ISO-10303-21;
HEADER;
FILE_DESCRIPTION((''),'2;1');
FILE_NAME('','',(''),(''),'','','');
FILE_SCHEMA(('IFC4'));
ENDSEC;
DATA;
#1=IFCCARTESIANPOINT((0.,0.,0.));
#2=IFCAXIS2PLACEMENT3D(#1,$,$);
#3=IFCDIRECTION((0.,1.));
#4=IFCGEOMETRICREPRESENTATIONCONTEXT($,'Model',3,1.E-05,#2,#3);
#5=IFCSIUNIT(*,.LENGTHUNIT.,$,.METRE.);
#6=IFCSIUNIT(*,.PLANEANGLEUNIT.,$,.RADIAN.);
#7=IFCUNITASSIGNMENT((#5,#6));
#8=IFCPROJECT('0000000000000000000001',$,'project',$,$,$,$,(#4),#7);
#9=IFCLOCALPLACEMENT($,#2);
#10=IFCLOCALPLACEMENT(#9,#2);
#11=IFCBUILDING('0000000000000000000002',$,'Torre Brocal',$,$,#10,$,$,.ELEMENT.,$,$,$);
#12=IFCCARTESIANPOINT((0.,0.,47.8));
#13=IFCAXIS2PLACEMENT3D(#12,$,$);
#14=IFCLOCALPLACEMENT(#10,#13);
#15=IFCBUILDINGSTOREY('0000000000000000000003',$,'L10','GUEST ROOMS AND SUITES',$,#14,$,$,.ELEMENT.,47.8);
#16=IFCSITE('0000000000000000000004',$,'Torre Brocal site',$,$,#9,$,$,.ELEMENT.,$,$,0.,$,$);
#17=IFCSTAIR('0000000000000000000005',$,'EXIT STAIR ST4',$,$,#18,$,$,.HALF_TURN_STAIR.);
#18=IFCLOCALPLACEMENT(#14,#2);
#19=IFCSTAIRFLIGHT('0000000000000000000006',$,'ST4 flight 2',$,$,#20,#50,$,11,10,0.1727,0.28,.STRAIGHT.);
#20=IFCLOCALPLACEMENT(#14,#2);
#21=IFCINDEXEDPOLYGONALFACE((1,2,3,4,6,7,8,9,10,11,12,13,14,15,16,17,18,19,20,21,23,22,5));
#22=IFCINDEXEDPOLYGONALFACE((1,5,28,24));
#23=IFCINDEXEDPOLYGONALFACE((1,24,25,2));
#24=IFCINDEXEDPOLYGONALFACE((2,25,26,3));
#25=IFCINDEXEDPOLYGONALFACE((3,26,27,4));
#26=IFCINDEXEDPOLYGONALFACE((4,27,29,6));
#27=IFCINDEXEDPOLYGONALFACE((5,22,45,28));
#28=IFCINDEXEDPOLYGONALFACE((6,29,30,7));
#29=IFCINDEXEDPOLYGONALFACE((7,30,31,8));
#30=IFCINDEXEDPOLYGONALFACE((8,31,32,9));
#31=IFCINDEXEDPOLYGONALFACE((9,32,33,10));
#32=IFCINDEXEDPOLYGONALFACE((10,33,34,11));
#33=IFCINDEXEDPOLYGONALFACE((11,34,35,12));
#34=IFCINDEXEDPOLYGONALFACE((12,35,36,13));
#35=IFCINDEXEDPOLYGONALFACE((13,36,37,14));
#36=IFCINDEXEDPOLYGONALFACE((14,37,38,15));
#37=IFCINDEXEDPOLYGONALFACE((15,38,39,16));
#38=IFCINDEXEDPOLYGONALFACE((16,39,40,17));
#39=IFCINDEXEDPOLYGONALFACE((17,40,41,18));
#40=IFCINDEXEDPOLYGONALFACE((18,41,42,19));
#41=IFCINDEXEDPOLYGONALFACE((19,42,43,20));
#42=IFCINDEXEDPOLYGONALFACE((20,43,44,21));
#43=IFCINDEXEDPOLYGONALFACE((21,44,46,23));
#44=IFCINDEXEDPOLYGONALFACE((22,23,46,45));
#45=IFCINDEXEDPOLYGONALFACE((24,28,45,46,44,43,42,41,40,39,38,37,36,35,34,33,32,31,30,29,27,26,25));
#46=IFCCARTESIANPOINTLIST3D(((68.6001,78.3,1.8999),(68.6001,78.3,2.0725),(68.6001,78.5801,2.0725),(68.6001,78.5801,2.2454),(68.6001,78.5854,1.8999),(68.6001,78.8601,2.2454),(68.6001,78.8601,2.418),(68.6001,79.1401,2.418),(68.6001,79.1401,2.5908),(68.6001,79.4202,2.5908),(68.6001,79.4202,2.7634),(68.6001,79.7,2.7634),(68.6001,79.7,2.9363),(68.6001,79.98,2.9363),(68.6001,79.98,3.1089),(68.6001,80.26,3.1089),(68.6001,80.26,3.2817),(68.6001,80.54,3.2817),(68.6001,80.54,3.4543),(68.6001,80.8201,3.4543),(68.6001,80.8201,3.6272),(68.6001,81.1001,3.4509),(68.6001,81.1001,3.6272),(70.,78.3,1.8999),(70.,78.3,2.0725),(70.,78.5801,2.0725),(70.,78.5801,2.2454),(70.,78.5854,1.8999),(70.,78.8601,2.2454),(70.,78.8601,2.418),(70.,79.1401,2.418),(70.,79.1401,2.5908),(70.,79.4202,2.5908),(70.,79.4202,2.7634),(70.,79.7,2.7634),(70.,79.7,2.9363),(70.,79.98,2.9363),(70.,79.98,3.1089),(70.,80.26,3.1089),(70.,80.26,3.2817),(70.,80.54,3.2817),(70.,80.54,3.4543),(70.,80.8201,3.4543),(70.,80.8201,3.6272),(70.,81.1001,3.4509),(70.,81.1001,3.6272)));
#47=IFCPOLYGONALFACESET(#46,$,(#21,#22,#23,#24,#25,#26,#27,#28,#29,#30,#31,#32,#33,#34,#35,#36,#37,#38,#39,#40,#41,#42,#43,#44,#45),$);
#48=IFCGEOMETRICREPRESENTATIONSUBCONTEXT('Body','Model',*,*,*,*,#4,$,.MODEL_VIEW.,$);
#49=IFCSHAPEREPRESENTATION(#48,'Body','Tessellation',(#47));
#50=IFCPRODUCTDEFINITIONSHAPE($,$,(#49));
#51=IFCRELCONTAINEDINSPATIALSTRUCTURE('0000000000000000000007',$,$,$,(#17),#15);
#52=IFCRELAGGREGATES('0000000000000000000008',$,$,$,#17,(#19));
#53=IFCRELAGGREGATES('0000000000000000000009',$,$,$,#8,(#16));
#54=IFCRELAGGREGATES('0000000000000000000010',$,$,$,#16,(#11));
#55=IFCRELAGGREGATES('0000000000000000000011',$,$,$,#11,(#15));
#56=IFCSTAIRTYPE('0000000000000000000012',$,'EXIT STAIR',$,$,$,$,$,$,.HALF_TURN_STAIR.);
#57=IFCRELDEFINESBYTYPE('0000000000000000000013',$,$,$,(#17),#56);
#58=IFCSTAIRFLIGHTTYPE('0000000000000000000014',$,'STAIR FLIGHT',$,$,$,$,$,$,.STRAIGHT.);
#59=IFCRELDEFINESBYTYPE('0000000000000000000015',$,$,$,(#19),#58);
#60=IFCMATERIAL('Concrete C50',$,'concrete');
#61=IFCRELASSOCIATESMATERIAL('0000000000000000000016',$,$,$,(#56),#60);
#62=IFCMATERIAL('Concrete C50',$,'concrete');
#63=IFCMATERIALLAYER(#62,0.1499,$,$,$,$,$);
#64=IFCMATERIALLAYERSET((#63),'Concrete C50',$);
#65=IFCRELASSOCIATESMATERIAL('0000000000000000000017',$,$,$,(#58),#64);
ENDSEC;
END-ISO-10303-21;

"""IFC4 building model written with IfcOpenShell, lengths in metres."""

from ifc_helpers import new_model, si_unit, direction, frame, origin, place, context, subcontext, project, spatial, polyline, outline, extrude, material, layer, layer_set, type_object, element, aggregate, save


model = new_model("IFC4")

# Units and contexts
model_context = context("Model", 3, precision=1e-05, world=origin(), true_north=direction((0.0, 1.0)))
body_context = subcontext(model_context, "Body", "Model", "MODEL_VIEW")
ifc_project = project(units=[si_unit("LENGTHUNIT", "METRE"), si_unit("PLANEANGLEUNIT", "RADIAN")], contexts=[model_context])

# Site, building, storey
site_placement = place(None, origin())
site = spatial("IfcSite", under=ifc_project, at=site_placement, Name="Torre Brocal site", CompositionType="ELEMENT", RefElevation=0.0)
building_placement = place(site_placement, origin())
building = spatial("IfcBuilding", under=site, at=building_placement, Name="Torre Brocal", CompositionType="ELEMENT")
storey_placement = place(building_placement, frame((0.0, 0.0, 47.8)))
storey = spatial("IfcBuildingStorey", under=building, at=storey_placement, Name="L10", Description="GUEST ROOMS AND SUITES", CompositionType="ELEMENT", Elevation=47.8)

# Stair, stair flight
ifc_material_1 = material(Name="Concrete C50", Category="concrete")
stair_type = type_object("IfcStairType", Name="EXIT STAIR", PredefinedType="HALF_TURN_STAIR", material=ifc_material_1)
stair_placement = place(storey_placement, origin())
stair = element("IfcStair", 1, at=stair_placement, inside=storey, type_object=stair_type, Name="EXIT STAIR ST4", PredefinedType="HALF_TURN_STAIR")
ifc_material_2 = material(Name="Concrete C50", Category="concrete")
ifc_layer_1 = layer(ifc_material_2, 0.1499)
ifc_layer_set_1 = layer_set([ifc_layer_1], Name="Concrete C50")
stair_flight_type = type_object("IfcStairFlightType", Name="STAIR FLIGHT", PredefinedType="STRAIGHT", material=ifc_layer_set_1)
stair_flight_1_placement = place(storey_placement, frame((69.3, 78.3, 1.8999), z_axis=(0.0, 0.0, 1.0), x_axis=(0.0, 1.0, 0.0)))
stair_flight_1 = element("IfcStairFlight", 2, at=stair_flight_1_placement, type_object=stair_flight_type, Name="ST4 flight 2", NumberOfRisers=11, NumberOfTreads=10, PredefinedType="STRAIGHT", RiserHeight=0.1727, TreadLength=0.28, context=body_context, shape_type="SweptSolid", body=[
    extrude(outline(polyline([(0.0, 0.0), (0.0, 0.1726), (0.28, 0.1726), (0.28, 0.3455), (0.5601, 0.3455), (0.5601, 0.5181), (0.8401, 0.5181), (0.8401, 0.6909), (1.1201, 0.6909), (1.1201, 0.8635), (1.3999, 0.8635), (1.3999, 1.0364), (1.6799, 1.0364), (1.6799, 1.209), (1.96, 1.209), (1.96, 1.3818), (2.24, 1.3818), (2.24, 1.5544), (2.52, 1.5544), (2.52, 1.7273), (2.8, 1.7273), (2.8, 1.8999), (2.8, 1.551), (0.2854, 0.0), (0.0, 0.0)])), frame((0.0, 0.7, 0.0), z_axis=(0.0, -1.0, 0.0), x_axis=(1.0, 0.0, 0.0)), (0.0, 0.0, 1.0), 1.3999),
])
aggregate(stair, [stair_flight_1])

save(model, "model.ifc")
